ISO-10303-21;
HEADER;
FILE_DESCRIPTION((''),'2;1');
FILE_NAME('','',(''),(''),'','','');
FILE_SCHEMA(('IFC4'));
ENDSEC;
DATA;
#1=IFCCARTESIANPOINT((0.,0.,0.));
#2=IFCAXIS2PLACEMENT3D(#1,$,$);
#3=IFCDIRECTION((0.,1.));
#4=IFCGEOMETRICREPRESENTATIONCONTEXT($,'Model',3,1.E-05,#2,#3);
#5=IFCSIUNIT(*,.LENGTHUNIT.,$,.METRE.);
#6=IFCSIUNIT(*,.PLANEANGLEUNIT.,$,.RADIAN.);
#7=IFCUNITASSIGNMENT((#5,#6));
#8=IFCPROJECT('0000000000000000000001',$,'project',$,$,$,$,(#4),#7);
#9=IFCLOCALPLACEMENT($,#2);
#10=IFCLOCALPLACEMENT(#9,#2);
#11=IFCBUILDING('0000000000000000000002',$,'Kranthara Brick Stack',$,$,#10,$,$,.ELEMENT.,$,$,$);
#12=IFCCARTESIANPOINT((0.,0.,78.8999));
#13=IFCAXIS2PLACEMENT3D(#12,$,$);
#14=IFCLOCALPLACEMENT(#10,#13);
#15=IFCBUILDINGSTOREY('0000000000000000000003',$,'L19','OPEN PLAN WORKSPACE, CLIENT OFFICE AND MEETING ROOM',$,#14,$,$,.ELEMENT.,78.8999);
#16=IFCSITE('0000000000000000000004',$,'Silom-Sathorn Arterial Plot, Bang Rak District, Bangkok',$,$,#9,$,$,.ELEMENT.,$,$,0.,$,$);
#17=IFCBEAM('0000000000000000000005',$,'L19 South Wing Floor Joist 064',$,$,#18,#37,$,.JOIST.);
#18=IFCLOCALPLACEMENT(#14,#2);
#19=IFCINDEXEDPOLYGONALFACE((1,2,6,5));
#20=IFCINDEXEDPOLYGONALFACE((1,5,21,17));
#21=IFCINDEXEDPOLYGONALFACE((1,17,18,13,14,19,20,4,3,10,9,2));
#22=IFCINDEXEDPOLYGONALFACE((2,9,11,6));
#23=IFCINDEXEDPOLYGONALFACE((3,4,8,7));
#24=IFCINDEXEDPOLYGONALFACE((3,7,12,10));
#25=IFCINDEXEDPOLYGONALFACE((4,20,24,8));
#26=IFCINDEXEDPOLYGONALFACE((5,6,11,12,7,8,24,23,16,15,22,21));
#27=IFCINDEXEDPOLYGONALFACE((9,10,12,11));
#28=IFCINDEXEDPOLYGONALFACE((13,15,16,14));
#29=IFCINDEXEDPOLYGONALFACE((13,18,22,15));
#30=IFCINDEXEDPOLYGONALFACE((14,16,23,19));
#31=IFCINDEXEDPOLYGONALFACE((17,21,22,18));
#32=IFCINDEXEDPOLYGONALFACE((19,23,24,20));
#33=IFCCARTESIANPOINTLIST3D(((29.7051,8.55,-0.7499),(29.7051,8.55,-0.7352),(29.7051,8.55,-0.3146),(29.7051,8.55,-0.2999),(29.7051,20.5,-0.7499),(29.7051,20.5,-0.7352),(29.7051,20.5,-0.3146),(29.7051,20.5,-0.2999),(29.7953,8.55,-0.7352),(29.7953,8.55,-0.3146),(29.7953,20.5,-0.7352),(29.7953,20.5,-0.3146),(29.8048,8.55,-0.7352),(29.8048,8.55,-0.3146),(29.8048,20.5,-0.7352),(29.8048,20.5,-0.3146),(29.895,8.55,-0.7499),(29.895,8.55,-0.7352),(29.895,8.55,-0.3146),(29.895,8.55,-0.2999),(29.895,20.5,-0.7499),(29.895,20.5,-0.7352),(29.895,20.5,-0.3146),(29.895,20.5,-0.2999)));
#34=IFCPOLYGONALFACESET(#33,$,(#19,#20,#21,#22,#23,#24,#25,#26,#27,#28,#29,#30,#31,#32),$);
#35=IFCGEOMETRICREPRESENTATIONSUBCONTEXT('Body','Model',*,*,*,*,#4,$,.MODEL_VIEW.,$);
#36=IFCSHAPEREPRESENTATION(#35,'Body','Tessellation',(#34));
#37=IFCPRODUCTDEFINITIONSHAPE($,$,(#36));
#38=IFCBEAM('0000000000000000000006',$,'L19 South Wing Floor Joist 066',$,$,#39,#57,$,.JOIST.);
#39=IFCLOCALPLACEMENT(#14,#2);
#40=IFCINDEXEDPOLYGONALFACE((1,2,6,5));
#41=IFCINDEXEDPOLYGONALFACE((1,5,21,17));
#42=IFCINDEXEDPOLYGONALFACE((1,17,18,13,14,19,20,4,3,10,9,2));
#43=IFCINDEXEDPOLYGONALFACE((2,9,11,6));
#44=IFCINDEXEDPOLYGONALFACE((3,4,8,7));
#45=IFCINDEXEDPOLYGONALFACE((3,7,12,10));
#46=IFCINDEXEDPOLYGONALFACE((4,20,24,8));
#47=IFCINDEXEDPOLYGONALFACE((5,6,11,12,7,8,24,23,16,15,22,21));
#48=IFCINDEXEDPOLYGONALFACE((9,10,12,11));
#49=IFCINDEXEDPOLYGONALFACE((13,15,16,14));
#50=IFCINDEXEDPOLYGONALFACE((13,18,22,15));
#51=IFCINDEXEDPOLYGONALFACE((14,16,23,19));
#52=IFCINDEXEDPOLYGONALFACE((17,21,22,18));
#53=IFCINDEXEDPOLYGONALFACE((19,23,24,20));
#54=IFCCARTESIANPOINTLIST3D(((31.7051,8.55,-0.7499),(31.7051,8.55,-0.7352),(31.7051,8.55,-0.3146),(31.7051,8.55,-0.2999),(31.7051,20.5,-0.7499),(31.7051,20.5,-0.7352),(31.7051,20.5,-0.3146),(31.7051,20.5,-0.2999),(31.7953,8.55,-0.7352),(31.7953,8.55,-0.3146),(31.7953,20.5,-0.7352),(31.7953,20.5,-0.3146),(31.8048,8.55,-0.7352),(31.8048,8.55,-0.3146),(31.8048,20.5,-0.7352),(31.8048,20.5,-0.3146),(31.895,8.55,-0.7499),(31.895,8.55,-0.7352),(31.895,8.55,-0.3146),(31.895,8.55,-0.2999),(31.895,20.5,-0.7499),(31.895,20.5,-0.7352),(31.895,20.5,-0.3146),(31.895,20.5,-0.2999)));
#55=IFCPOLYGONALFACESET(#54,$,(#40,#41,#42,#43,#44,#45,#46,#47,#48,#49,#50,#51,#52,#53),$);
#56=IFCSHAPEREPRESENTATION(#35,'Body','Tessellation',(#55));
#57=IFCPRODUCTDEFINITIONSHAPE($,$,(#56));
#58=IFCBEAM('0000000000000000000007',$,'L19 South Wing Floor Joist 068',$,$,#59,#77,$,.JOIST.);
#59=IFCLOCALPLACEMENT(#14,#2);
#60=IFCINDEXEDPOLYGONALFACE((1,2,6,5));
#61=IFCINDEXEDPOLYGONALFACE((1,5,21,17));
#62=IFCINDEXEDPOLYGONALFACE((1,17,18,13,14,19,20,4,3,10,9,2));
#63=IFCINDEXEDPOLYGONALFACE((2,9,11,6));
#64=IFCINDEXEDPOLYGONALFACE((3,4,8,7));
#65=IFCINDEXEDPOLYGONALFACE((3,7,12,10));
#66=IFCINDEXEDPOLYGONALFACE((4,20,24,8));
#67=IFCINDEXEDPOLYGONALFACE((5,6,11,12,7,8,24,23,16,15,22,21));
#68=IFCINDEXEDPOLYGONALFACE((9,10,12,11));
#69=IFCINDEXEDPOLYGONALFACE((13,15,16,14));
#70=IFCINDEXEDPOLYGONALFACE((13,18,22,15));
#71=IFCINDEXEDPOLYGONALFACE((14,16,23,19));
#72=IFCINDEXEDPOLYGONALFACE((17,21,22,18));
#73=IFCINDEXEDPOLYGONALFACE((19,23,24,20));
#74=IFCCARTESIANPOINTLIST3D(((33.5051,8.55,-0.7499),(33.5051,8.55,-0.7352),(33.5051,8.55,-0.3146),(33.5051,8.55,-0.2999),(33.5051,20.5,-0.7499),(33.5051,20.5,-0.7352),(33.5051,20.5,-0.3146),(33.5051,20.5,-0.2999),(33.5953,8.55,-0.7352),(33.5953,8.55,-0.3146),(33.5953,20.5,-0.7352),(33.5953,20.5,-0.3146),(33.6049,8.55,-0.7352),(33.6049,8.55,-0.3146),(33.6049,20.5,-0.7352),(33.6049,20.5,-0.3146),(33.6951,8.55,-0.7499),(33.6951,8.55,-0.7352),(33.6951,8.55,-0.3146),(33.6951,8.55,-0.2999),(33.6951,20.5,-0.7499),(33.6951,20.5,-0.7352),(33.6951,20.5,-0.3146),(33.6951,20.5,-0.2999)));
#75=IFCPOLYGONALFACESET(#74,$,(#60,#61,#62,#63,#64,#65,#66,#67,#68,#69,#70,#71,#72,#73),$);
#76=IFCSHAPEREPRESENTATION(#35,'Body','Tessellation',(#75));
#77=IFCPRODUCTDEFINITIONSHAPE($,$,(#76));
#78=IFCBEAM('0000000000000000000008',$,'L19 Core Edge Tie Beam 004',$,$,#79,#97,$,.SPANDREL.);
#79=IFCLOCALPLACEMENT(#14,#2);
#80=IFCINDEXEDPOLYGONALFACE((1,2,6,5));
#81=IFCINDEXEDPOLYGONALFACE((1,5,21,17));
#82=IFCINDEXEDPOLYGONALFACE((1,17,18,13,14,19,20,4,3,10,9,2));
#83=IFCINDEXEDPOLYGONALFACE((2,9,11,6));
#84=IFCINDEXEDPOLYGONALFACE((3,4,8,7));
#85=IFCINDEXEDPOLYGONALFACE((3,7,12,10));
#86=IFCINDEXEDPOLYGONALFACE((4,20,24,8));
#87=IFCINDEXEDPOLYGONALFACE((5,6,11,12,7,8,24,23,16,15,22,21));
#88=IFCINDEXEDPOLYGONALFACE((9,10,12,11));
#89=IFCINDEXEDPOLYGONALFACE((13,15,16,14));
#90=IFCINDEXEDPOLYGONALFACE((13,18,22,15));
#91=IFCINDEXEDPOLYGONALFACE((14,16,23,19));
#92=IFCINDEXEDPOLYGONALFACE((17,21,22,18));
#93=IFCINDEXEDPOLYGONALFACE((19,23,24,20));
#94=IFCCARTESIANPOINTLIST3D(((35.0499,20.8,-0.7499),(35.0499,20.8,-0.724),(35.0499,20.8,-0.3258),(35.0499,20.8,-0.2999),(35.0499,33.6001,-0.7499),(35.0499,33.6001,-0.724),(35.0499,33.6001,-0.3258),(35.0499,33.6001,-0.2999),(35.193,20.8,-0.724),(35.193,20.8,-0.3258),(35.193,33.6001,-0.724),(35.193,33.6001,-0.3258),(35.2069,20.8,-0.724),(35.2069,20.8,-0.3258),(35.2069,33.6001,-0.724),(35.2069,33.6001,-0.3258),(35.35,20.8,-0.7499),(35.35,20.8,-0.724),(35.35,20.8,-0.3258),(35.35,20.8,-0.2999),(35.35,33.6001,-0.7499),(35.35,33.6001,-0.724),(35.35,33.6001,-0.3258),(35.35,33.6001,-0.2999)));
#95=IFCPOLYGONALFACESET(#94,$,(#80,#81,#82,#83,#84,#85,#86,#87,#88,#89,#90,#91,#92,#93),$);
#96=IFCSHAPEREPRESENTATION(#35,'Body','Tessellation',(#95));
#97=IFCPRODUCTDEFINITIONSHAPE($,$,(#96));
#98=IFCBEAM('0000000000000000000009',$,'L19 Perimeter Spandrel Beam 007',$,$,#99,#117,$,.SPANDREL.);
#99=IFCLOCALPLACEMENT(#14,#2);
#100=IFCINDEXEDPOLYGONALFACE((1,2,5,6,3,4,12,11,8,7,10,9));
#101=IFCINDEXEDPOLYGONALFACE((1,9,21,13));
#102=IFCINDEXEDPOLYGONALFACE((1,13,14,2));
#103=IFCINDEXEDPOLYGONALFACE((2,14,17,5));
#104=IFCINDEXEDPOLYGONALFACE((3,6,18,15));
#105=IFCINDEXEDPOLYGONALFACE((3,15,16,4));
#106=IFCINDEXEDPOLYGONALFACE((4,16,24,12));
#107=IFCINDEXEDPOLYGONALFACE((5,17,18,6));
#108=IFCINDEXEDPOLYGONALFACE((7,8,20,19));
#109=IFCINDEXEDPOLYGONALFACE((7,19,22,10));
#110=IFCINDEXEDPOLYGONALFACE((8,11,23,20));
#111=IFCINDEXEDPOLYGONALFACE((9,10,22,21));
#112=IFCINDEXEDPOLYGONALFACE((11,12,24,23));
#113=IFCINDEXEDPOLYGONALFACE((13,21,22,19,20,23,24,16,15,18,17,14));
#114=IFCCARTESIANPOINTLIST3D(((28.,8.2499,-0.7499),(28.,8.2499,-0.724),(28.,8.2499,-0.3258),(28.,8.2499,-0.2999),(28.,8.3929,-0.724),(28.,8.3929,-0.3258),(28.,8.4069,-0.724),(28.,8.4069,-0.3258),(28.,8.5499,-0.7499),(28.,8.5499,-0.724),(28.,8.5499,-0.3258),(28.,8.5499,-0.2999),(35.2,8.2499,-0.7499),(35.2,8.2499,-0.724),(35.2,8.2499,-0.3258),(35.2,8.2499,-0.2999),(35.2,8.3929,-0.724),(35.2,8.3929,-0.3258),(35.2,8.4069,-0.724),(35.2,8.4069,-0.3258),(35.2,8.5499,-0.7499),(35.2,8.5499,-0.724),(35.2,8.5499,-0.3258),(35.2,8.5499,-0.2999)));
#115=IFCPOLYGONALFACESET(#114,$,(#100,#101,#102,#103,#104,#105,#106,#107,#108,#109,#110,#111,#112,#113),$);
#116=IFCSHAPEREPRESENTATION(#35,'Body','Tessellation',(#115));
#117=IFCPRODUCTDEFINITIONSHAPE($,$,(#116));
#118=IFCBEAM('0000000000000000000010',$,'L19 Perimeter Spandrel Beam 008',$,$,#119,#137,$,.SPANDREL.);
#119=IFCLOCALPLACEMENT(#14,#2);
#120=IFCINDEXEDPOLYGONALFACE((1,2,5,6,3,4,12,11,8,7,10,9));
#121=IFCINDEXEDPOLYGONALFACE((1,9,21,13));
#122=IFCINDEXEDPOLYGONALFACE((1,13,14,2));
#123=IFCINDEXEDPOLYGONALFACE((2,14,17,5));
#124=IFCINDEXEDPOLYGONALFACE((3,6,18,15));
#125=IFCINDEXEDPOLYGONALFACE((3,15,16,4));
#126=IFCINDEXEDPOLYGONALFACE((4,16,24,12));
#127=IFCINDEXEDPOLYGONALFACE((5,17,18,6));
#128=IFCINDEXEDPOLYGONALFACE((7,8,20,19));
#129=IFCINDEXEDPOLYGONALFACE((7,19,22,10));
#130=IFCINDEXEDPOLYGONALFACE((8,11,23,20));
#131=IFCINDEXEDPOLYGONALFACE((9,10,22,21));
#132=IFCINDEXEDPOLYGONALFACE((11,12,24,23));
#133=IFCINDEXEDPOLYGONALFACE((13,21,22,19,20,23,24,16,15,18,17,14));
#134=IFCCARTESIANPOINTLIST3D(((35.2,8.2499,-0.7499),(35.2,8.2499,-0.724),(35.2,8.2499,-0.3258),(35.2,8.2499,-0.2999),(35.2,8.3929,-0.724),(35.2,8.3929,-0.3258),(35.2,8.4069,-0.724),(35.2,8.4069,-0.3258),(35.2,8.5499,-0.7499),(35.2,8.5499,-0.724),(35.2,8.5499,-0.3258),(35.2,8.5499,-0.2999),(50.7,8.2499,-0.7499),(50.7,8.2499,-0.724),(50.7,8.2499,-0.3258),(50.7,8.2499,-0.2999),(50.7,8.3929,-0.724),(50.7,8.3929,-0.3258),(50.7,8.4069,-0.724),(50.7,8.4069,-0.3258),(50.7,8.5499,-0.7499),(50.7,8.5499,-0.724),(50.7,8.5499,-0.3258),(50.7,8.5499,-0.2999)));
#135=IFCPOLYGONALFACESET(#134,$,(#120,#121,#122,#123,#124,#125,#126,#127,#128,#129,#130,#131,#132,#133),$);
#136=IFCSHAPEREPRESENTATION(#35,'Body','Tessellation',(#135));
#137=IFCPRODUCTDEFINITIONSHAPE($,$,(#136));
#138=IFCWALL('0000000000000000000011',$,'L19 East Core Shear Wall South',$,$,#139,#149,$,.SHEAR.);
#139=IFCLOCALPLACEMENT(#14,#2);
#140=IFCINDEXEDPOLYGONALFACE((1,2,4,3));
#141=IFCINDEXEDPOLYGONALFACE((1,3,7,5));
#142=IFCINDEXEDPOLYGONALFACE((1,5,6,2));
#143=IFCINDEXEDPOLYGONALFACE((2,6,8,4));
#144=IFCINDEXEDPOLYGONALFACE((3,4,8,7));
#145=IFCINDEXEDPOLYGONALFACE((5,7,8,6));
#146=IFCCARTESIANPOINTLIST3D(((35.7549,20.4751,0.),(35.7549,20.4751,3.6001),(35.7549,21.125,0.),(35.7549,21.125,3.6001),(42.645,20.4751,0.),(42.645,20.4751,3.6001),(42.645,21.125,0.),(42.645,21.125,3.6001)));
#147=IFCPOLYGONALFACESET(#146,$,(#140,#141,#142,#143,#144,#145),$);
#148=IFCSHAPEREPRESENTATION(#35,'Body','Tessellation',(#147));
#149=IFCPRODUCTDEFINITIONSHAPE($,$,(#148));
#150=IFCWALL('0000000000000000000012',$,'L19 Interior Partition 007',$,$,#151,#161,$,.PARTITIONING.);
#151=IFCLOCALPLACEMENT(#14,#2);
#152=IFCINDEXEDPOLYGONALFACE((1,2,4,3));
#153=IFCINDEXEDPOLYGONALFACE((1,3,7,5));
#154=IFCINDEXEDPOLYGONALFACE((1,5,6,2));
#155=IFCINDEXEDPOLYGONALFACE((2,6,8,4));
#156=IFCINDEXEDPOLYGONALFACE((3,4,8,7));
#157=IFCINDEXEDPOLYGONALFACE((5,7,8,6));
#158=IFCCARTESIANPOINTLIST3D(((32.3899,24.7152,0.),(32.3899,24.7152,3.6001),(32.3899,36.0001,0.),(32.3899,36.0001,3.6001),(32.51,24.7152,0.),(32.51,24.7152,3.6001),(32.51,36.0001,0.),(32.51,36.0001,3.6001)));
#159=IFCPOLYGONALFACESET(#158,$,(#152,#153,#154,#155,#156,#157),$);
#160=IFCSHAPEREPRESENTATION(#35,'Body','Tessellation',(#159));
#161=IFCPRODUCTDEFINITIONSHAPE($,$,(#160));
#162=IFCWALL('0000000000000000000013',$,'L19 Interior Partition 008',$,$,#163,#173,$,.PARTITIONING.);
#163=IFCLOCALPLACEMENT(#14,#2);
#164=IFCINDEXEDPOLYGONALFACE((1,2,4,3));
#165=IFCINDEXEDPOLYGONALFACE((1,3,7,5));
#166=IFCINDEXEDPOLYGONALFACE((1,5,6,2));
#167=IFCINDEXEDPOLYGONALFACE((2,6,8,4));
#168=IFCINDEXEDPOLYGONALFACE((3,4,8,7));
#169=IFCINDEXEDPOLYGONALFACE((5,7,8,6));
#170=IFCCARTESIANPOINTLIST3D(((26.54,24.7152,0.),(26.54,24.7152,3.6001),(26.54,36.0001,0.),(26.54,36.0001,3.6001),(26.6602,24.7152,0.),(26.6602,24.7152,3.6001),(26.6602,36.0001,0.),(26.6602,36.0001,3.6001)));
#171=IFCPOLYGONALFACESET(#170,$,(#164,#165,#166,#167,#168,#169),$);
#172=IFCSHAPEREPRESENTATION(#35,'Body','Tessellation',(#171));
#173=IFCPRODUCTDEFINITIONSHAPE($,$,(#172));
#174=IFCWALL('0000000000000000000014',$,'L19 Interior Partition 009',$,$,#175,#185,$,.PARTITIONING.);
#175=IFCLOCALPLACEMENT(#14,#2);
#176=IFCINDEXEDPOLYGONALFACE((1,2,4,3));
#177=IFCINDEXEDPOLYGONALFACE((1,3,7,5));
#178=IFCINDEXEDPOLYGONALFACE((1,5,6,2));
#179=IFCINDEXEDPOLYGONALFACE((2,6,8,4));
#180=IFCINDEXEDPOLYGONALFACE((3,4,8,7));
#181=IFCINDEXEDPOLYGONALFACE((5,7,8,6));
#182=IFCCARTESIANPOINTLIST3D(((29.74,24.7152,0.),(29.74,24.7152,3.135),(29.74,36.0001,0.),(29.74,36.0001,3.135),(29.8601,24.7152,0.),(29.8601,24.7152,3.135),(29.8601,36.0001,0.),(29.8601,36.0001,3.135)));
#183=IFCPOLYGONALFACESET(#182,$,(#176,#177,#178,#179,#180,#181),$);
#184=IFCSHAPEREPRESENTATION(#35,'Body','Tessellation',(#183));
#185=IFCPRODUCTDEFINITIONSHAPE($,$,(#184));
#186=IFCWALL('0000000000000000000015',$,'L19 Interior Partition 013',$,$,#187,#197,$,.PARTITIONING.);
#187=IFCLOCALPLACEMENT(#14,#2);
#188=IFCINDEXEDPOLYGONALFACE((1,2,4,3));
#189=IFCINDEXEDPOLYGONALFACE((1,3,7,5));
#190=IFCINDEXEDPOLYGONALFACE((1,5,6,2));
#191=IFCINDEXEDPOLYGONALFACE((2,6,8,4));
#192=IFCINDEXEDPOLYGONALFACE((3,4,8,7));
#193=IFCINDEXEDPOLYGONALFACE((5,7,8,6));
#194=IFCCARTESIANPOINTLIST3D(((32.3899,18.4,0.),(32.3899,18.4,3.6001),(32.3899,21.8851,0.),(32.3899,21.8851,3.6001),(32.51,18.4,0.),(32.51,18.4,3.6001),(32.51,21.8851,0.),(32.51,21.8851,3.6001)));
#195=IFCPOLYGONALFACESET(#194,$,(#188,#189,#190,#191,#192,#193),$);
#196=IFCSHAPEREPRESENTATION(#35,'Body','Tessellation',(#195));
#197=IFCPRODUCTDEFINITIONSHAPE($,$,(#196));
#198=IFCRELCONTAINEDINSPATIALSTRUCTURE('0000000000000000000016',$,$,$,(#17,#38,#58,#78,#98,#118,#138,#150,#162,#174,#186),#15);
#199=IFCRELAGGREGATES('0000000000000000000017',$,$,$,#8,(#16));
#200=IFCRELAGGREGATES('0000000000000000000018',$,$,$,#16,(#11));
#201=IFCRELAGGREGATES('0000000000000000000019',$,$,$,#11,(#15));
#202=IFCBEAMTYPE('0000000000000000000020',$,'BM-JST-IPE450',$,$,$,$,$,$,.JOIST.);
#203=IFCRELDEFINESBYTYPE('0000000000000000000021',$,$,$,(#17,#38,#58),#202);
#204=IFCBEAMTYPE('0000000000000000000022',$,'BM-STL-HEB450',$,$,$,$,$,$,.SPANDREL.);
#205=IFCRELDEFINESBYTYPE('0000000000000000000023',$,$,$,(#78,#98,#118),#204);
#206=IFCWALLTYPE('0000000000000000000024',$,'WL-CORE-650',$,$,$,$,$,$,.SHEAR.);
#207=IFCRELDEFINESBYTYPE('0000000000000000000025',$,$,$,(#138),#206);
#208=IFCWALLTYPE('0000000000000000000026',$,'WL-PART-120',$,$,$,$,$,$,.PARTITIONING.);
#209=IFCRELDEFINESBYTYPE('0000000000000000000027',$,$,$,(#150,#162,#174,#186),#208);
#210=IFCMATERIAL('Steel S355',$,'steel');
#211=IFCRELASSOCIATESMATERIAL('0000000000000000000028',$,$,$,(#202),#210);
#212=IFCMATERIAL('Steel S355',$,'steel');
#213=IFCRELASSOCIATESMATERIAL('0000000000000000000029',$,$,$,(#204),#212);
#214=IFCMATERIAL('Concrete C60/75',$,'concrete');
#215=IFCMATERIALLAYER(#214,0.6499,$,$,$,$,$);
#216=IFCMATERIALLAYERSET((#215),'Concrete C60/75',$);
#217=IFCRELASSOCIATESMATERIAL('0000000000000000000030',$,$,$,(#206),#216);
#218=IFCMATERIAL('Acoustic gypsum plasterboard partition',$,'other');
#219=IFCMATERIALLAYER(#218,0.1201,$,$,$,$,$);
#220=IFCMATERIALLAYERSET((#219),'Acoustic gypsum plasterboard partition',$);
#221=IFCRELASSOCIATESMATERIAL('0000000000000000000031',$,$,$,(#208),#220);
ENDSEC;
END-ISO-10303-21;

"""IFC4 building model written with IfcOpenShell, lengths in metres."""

from ifc_helpers import new_model, si_unit, direction, frame, frame_2d, origin, origin_2d, place, context, subcontext, project, spatial, rectangle, i_section, extrude, material, layer, layer_set, material_profile, profile_set, type_object, element, save


model = new_model("IFC4")

# Units and contexts
model_context = context("Model", 3, precision=1e-05, world=origin(), true_north=direction((0.0, 1.0)))
body_context = subcontext(model_context, "Body", "Model", "MODEL_VIEW")
ifc_project = project(units=[si_unit("LENGTHUNIT", "METRE"), si_unit("PLANEANGLEUNIT", "RADIAN")], contexts=[model_context])

# Site, building, storey
site_placement = place(None, origin())
site = spatial("IfcSite", under=ifc_project, at=site_placement, Name="Silom-Sathorn Arterial Plot, Bang Rak District, Bangkok", CompositionType="ELEMENT", RefElevation=0.0)
building_placement = place(site_placement, origin())
building = spatial("IfcBuilding", under=site, at=building_placement, Name="Kranthara Brick Stack", CompositionType="ELEMENT")
storey_placement = place(building_placement, frame((0.0, 0.0, 78.8999)))
storey = spatial("IfcBuildingStorey", under=building, at=storey_placement, Name="L19", Description="OPEN PLAN WORKSPACE, CLIENT OFFICE AND MEETING ROOM", CompositionType="ELEMENT", Elevation=78.8999)

# Beams
ifc_material_1 = material(Name="Steel S355", Category="steel")
ifc_material_profile_1 = material_profile(ifc_material_1, i_section(OverallWidth=0.1899, OverallDepth=0.45, WebThickness=0.0095, FlangeThickness=0.0146, at=origin_2d()), Name="IPE 450")
ifc_profile_set_1 = profile_set([ifc_material_profile_1], Name="Steel S355")
beam_type_1 = type_object("IfcBeamType", Name="BM-JST-IPE450", PredefinedType="JOIST", material=ifc_profile_set_1)
for number, where, z_axis, x_axis, name in (
    (1, (29.8, 8.55, -0.5249), (0.0, 1.0, 0.0), (-1.0, 0.0, 0.0), "L19 South Wing Floor Joist 064"),
    (2, (31.8, 8.55, -0.5249), (0.0, 1.0, 0.0), (-1.0, 0.0, 0.0), "L19 South Wing Floor Joist 066"),
    (3, (33.6001, 8.55, -0.5249), (0.0, 1.0, 0.0), (-1.0, 0.0, 0.0), "L19 South Wing Floor Joist 068"),
):
    element("IfcBeam", number, at=place(storey_placement, frame(where, z_axis=z_axis, x_axis=x_axis)), inside=storey, type_object=beam_type_1, Name=name, PredefinedType="JOIST", context=body_context, shape_type="SweptSolid", body=[
        extrude(i_section(OverallWidth=0.1899, OverallDepth=0.45, WebThickness=0.0095, FlangeThickness=0.0146, at=origin_2d()), origin(), (0.0, 0.0, 1.0), 11.95),
    ])
ifc_material_2 = material(Name="Steel S355", Category="steel")
ifc_material_profile_2 = material_profile(ifc_material_2, i_section(OverallWidth=0.3, OverallDepth=0.45, WebThickness=0.0139, FlangeThickness=0.0259, at=origin_2d()), Name="HEB 450")
ifc_profile_set_2 = profile_set([ifc_material_profile_2], Name="Steel S355")
beam_type_2 = type_object("IfcBeamType", Name="BM-STL-HEB450", PredefinedType="SPANDREL", material=ifc_profile_set_2)
beam_1_placement = place(storey_placement, frame((35.2, 20.8, -0.5249), z_axis=(0.0, 1.0, 0.0), x_axis=(-1.0, 0.0, 0.0)))
element("IfcBeam", 4, at=beam_1_placement, inside=storey, type_object=beam_type_2, Name="L19 Core Edge Tie Beam 004", PredefinedType="SPANDREL", context=body_context, shape_type="SweptSolid", body=[
    extrude(i_section(OverallWidth=0.3, OverallDepth=0.45, WebThickness=0.0139, FlangeThickness=0.0259, at=origin_2d()), origin(), (0.0, 0.0, 1.0), 12.8),
])
beam_2_placement = place(storey_placement, frame((28.0, 8.3999, -0.5249), z_axis=(1.0, 0.0, 0.0), x_axis=(0.0, 1.0, 0.0)))
element("IfcBeam", 5, at=beam_2_placement, inside=storey, type_object=beam_type_2, Name="L19 Perimeter Spandrel Beam 007", PredefinedType="SPANDREL", context=body_context, shape_type="SweptSolid", body=[
    extrude(i_section(OverallWidth=0.3, OverallDepth=0.45, WebThickness=0.0139, FlangeThickness=0.0259, at=origin_2d()), origin(), (0.0, 0.0, 1.0), 7.2),
])
beam_3_placement = place(storey_placement, frame((35.2, 8.3999, -0.5249), z_axis=(1.0, 0.0, 0.0), x_axis=(0.0, 1.0, 0.0)))
element("IfcBeam", 6, at=beam_3_placement, inside=storey, type_object=beam_type_2, Name="L19 Perimeter Spandrel Beam 008", PredefinedType="SPANDREL", context=body_context, shape_type="SweptSolid", body=[
    extrude(i_section(OverallWidth=0.3, OverallDepth=0.45, WebThickness=0.0139, FlangeThickness=0.0259, at=origin_2d()), origin(), (0.0, 0.0, 1.0), 15.5),
])

# Wall
ifc_material_3 = material(Name="Concrete C60/75", Category="concrete")
ifc_layer_1 = layer(ifc_material_3, 0.6499)
ifc_layer_set_1 = layer_set([ifc_layer_1], Name="Concrete C60/75")
wall_type_1 = type_object("IfcWallType", Name="WL-CORE-650", PredefinedType="SHEAR", material=ifc_layer_set_1)
wall_1_placement = place(storey_placement, frame((35.7549, 20.8, 0.0), z_axis=(0.0, 0.0, 1.0), x_axis=(1.0, 0.0, 0.0)))
element("IfcWall", 7, at=wall_1_placement, inside=storey, type_object=wall_type_1, Name="L19 East Core Shear Wall South", PredefinedType="SHEAR", context=body_context, shape_type="SweptSolid", body=[
    extrude(rectangle(XDim=6.8901, YDim=0.6499, at=frame_2d((3.4451, 0.0))), origin(), (0.0, 0.0, 1.0), 3.6001),
])

# Walls
ifc_material_4 = material(Name="Acoustic gypsum plasterboard partition", Category="other")
ifc_layer_2 = layer(ifc_material_4, 0.1201)
ifc_layer_set_2 = layer_set([ifc_layer_2], Name="Acoustic gypsum plasterboard partition")
wall_type_2 = type_object("IfcWallType", Name="WL-PART-120", PredefinedType="PARTITIONING", material=ifc_layer_set_2)
for number, where, z_axis, x_axis, name in (
    (8, (32.45, 24.7151, 0.0), (0.0, 0.0, 1.0), (0.0, 1.0, 0.0), "L19 Interior Partition 007"),
    (9, (26.6001, 24.7151, 0.0), (0.0, 0.0, 1.0), (0.0, 1.0, 0.0), "L19 Interior Partition 008"),
):
    element("IfcWall", number, at=place(storey_placement, frame(where, z_axis=z_axis, x_axis=x_axis)), inside=storey, type_object=wall_type_2, Name=name, PredefinedType="PARTITIONING", context=body_context, shape_type="SweptSolid", body=[
        extrude(rectangle(XDim=11.2849, YDim=0.1201, at=frame_2d((5.6426, 0.0))), origin(), (0.0, 0.0, 1.0), 3.6001),
    ])
wall_2_placement = place(storey_placement, frame((29.8, 24.7151, 0.0), z_axis=(0.0, 0.0, 1.0), x_axis=(0.0, 1.0, 0.0)))
element("IfcWall", 10, at=wall_2_placement, inside=storey, type_object=wall_type_2, Name="L19 Interior Partition 009", PredefinedType="PARTITIONING", context=body_context, shape_type="SweptSolid", body=[
    extrude(rectangle(XDim=11.2849, YDim=0.1201, at=frame_2d((5.6426, 0.0))), origin(), (0.0, 0.0, 1.0), 3.135),
])
wall_3_placement = place(storey_placement, frame((32.45, 18.3999, 0.0), z_axis=(0.0, 0.0, 1.0), x_axis=(0.0, 1.0, 0.0)))
element("IfcWall", 11, at=wall_3_placement, inside=storey, type_object=wall_type_2, Name="L19 Interior Partition 013", PredefinedType="PARTITIONING", context=body_context, shape_type="SweptSolid", body=[
    extrude(rectangle(XDim=3.4851, YDim=0.1201, at=frame_2d((1.7427, 0.0))), origin(), (0.0, 0.0, 1.0), 3.6001),
])

save(model, "model.ifc")
